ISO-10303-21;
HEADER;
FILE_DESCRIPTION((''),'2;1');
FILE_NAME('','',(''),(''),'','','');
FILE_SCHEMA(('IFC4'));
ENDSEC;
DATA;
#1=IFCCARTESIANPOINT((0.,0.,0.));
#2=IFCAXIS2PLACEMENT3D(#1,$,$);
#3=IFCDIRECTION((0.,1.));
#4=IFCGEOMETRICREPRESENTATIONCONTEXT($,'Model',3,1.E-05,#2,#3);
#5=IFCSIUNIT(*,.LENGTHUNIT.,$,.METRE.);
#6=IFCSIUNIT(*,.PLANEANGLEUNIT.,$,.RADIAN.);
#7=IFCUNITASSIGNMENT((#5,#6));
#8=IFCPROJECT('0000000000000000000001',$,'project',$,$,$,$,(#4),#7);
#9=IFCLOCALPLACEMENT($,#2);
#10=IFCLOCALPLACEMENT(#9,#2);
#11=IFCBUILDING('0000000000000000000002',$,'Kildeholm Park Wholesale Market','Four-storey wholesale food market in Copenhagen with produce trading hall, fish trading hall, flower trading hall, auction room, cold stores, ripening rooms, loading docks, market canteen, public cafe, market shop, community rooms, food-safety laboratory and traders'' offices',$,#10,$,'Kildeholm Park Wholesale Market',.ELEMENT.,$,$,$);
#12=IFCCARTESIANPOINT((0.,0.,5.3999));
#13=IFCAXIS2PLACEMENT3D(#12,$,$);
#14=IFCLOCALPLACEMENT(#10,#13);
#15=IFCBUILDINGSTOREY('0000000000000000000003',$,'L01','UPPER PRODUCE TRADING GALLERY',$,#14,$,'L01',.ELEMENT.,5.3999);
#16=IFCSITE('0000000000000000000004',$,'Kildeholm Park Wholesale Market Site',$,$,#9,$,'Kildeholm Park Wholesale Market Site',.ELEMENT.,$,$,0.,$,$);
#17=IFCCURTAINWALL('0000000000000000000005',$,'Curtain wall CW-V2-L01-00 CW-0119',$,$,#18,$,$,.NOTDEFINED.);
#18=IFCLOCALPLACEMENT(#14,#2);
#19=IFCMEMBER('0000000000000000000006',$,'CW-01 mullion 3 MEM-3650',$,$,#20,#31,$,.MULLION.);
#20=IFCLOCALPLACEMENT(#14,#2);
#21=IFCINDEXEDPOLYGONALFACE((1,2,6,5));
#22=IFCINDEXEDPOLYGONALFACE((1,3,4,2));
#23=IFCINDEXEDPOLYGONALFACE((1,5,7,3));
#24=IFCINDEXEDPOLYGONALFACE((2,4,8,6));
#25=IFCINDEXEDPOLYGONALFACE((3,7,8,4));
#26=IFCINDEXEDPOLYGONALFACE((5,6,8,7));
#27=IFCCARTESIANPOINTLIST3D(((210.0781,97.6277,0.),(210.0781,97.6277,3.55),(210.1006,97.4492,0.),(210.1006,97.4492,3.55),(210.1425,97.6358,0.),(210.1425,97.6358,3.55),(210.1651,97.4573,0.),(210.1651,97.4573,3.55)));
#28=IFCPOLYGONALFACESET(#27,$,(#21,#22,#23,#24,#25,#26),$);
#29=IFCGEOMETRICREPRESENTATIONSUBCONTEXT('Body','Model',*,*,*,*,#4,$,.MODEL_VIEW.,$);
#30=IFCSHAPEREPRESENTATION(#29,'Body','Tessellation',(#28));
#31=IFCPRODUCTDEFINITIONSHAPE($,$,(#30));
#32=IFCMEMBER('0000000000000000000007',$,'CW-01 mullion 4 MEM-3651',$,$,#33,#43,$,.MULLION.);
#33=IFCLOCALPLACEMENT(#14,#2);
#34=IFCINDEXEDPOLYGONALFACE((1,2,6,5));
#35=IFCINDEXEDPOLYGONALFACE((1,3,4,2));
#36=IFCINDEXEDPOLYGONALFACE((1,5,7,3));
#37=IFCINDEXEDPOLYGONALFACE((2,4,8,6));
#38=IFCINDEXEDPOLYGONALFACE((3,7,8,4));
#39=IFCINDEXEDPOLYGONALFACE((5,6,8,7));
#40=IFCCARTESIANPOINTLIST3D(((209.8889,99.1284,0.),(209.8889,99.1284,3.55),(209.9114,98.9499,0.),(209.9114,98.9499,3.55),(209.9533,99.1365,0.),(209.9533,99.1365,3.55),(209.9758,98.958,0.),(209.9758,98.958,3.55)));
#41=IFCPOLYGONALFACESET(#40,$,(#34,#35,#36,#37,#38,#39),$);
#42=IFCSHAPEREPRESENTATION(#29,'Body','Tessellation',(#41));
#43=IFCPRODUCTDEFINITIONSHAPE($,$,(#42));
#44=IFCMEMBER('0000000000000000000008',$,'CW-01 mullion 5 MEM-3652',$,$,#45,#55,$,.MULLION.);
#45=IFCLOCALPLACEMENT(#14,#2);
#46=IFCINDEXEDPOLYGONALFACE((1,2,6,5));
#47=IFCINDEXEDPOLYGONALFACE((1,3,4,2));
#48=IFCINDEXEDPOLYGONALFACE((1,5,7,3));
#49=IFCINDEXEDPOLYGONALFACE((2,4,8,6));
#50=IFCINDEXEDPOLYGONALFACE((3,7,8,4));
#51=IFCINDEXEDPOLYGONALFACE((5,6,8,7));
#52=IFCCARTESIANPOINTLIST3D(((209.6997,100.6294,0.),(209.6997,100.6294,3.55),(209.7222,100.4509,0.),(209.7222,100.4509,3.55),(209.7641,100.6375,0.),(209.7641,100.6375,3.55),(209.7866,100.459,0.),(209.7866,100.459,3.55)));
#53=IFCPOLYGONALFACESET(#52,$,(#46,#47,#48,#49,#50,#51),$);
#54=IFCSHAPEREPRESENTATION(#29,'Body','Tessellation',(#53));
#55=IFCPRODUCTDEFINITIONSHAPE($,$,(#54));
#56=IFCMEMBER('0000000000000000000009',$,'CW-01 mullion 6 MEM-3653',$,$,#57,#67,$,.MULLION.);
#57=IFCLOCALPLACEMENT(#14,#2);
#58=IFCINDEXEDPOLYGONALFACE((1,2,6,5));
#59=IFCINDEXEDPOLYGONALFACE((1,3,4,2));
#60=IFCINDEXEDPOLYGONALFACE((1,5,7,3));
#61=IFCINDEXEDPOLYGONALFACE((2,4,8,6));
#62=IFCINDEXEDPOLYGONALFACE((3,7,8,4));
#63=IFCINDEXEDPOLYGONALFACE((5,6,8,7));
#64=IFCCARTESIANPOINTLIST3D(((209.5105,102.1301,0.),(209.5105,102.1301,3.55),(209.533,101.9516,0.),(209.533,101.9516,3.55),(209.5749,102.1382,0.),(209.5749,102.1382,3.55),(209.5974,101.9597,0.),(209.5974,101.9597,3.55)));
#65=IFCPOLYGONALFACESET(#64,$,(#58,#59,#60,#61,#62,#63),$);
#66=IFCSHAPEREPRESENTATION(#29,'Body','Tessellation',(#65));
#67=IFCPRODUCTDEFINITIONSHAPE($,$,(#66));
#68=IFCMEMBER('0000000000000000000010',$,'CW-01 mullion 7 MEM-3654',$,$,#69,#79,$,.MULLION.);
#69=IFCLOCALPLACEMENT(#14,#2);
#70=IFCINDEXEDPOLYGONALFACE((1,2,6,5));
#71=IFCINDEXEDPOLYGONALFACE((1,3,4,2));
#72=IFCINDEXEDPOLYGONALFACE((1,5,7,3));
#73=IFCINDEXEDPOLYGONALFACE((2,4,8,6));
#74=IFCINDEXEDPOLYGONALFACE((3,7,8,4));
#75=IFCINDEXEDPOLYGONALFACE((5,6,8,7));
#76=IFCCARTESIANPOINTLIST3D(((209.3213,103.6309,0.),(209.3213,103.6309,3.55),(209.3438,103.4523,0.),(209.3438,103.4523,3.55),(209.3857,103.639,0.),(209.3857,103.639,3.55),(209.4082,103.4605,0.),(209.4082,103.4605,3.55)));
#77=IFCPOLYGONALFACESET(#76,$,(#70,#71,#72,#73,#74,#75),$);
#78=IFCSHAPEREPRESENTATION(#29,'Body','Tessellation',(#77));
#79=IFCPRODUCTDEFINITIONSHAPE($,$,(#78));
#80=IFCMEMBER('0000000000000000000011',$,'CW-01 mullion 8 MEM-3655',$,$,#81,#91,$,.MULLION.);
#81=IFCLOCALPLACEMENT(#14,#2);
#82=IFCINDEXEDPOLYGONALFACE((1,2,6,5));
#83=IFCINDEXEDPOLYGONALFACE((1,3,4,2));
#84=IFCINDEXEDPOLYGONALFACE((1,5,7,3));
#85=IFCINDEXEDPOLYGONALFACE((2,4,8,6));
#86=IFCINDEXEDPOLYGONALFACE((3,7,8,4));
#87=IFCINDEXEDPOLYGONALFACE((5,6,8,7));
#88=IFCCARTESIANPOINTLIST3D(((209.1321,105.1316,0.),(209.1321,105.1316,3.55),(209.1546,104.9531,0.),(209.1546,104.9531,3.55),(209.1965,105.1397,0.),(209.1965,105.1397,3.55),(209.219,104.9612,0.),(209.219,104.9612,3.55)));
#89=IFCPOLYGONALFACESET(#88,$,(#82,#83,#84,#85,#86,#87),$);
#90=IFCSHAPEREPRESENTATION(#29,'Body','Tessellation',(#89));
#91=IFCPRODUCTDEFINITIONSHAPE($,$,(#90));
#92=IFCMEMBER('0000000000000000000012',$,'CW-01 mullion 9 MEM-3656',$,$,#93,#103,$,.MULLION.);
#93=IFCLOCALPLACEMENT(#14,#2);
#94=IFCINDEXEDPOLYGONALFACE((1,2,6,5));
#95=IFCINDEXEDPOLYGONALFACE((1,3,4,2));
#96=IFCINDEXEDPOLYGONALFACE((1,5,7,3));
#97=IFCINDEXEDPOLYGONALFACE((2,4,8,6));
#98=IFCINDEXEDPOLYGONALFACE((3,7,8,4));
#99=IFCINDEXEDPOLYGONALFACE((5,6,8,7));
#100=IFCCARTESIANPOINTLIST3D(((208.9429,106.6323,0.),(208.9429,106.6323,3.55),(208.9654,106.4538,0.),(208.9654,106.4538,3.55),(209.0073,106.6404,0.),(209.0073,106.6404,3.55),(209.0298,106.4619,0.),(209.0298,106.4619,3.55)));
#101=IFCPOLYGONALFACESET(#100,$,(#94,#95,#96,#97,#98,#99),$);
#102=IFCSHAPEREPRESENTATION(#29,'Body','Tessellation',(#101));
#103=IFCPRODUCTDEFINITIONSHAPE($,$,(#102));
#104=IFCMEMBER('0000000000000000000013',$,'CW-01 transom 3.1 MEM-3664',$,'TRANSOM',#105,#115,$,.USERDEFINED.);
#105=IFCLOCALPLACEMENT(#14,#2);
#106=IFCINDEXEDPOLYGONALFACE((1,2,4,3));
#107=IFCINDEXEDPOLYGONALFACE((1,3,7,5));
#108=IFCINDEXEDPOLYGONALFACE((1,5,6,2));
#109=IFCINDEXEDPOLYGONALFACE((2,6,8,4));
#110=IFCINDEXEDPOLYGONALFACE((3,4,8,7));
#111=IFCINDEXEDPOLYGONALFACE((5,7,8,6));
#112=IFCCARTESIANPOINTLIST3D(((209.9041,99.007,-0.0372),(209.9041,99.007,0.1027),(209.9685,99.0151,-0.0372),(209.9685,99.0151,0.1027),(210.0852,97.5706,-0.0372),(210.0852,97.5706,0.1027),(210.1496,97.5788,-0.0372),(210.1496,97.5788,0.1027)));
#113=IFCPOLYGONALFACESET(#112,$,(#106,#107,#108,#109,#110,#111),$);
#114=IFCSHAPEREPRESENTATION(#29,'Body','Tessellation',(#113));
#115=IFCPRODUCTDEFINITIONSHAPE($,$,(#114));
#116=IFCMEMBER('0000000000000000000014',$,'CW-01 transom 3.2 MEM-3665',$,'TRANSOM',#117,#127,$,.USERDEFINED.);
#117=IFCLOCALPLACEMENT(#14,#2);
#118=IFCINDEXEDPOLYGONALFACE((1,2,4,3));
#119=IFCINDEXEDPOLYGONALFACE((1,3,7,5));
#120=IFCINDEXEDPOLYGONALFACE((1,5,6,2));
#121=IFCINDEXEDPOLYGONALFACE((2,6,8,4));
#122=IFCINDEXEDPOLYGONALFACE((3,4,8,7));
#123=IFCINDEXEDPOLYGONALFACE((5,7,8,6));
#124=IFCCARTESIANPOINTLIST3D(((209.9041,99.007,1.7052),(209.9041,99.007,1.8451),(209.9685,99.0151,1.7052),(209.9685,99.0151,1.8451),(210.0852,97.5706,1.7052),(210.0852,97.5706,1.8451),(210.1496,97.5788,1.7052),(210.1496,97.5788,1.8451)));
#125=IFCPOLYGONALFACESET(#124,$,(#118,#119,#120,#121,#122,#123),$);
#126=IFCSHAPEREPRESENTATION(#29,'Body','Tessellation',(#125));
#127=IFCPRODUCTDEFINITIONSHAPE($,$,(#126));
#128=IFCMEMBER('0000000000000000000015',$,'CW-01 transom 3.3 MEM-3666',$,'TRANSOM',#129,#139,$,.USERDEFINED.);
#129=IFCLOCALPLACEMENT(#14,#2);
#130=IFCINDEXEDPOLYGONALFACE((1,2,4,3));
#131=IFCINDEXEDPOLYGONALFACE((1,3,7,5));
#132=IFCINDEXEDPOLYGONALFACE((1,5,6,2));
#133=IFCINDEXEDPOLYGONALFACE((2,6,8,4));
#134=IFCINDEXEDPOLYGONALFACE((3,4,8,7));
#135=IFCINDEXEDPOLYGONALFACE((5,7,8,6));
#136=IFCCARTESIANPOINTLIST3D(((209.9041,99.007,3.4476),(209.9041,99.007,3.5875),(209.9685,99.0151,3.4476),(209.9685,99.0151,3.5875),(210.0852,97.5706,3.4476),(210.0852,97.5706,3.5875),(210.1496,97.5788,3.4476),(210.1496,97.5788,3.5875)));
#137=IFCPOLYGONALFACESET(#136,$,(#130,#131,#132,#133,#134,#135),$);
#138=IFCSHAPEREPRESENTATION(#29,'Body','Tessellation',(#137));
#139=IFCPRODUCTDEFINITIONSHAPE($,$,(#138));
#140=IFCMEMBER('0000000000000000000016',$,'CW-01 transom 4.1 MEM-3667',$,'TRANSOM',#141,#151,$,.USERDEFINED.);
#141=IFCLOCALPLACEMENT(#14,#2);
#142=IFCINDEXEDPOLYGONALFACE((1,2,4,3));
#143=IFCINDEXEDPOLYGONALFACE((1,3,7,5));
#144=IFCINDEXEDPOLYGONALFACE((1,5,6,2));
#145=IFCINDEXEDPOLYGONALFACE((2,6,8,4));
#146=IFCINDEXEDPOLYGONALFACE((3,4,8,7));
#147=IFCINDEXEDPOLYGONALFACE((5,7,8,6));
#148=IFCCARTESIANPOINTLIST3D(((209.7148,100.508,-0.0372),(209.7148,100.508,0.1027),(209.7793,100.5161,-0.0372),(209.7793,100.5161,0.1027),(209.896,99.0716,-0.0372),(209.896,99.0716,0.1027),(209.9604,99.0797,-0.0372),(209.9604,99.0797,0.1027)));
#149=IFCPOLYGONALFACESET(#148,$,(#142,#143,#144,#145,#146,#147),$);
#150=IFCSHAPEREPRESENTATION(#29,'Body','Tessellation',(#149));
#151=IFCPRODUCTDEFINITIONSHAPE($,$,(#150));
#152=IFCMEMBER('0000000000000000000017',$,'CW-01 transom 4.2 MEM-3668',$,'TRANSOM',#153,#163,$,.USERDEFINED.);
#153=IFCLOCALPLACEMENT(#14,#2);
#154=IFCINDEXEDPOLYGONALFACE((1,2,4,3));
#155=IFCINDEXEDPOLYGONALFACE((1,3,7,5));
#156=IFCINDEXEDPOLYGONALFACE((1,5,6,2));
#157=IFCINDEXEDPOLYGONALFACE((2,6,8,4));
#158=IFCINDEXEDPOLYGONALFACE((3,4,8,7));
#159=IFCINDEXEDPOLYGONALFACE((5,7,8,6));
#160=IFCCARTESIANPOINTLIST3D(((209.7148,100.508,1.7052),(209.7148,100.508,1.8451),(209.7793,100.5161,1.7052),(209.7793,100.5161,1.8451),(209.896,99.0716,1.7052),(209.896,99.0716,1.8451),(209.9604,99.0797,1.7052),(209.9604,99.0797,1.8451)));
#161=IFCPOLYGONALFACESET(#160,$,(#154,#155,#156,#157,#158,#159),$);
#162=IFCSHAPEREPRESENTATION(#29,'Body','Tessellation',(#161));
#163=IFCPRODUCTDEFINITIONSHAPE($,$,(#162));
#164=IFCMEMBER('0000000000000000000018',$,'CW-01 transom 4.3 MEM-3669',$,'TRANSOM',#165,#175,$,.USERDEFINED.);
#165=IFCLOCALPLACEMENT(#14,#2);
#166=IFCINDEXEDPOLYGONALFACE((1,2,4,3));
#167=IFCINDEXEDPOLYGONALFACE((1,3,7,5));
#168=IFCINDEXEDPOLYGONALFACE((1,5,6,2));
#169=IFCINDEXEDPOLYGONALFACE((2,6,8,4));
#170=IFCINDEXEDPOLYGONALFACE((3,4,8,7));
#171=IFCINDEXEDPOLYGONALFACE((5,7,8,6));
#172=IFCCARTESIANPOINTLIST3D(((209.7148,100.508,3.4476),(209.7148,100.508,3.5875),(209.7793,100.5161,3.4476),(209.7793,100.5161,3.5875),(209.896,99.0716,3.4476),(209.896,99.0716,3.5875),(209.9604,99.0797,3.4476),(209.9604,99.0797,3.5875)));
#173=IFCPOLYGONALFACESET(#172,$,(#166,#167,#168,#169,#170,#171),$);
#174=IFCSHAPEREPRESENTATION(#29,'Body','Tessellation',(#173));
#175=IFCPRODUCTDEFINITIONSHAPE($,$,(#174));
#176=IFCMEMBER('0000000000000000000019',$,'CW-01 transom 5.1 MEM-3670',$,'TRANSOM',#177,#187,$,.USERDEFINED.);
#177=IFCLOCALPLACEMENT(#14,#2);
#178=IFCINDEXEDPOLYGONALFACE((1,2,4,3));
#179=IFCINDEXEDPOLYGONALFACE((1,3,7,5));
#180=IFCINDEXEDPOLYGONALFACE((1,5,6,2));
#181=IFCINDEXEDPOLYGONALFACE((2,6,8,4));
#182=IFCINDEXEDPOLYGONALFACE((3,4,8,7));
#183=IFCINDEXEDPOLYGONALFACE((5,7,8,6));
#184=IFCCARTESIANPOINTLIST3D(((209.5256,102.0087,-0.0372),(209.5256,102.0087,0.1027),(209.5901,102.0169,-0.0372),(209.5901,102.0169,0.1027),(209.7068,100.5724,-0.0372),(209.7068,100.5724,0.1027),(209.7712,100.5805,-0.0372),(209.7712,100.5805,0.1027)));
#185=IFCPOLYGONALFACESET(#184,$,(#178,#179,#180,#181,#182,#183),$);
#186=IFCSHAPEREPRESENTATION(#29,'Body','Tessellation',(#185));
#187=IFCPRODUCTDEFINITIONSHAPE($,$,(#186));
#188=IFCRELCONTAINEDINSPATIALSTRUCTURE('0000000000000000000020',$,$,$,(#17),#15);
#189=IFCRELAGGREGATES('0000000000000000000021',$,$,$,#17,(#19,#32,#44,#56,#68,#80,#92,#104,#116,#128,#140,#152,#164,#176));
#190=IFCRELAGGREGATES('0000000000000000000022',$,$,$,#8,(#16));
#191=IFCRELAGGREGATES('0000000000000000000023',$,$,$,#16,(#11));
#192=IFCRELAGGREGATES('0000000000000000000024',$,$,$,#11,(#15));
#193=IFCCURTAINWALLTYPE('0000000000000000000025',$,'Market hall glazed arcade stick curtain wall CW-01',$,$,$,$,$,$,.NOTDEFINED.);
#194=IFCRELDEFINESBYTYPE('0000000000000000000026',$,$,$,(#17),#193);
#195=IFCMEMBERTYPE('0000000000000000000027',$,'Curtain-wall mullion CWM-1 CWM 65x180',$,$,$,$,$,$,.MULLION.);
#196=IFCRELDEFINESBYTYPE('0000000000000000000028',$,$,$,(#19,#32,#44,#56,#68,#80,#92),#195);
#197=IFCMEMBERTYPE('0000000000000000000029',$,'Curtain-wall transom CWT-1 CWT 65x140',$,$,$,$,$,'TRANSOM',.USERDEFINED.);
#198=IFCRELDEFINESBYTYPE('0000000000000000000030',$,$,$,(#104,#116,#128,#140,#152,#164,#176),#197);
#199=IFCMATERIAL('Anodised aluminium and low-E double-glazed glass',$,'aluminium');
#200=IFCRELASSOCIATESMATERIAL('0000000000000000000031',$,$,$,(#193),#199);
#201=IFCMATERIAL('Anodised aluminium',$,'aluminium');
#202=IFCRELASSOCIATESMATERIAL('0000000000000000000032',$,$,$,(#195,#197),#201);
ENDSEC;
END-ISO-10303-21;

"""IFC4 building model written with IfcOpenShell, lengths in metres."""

from ifc_helpers import new_model, si_unit, direction, frame, origin, origin_2d, place, context, subcontext, project, spatial, rectangle, extrude, material, material_profile, profile_set, type_object, element, aggregate, save


model = new_model("IFC4")

# Units and contexts
model_context = context("Model", 3, precision=1e-05, world=origin(), true_north=direction((0.0, 1.0)))
body_context = subcontext(model_context, "Body", "Model", "MODEL_VIEW")
ifc_project = project(units=[si_unit("LENGTHUNIT", "METRE"), si_unit("PLANEANGLEUNIT", "RADIAN")], contexts=[model_context])

# Site, building, storey
site_placement = place(None, origin())
site = spatial("IfcSite", under=ifc_project, at=site_placement, Name="Kildeholm Park Wholesale Market Site", LongName="Kildeholm Park Wholesale Market Site", CompositionType="ELEMENT", RefElevation=0.0)
building_placement = place(site_placement, origin())
building = spatial("IfcBuilding", under=site, at=building_placement, Name="Kildeholm Park Wholesale Market", Description="Four-storey wholesale food market in Copenhagen with produce trading hall, fish trading hall, flower trading hall, auction room, cold stores, ripening rooms, loading docks, market canteen, public cafe, market shop, community rooms, food-safety laboratory and traders' offices", LongName="Kildeholm Park Wholesale Market", CompositionType="ELEMENT")
storey_placement = place(building_placement, frame((0.0, 0.0, 5.3999)))
storey = spatial("IfcBuildingStorey", under=building, at=storey_placement, Name="L01", Description="UPPER PRODUCE TRADING GALLERY", LongName="L01", CompositionType="ELEMENT", Elevation=5.3999)

# Curtain wall, members
ifc_material_1 = material(Name="Anodised aluminium and low-E double-glazed glass", Category="aluminium")
curtain_wall_type = type_object("IfcCurtainWallType", Name="Market hall glazed arcade stick curtain wall CW-01", PredefinedType="NOTDEFINED", material=ifc_material_1)
curtain_wall_placement = place(storey_placement, origin())
curtain_wall = element("IfcCurtainWall", 1, at=curtain_wall_placement, inside=storey, type_object=curtain_wall_type, Name="Curtain wall CW-V2-L01-00 CW-0119", PredefinedType="NOTDEFINED")
ifc_material_2 = material(Name="Anodised aluminium", Category="aluminium")
ifc_material_profile_1 = material_profile(ifc_material_2, rectangle(XDim=0.0649, YDim=0.1799, at=origin_2d()), Name="CWM 65x180")
ifc_profile_set_1 = profile_set([ifc_material_profile_1], Name="Anodised aluminium")
member_type_1 = type_object("IfcMemberType", Name="Curtain-wall mullion CWM-1 CWM 65x180", PredefinedType="MULLION", material=ifc_profile_set_1)
member_1_placement = place(storey_placement, frame((210.1216, 97.5425, 0.0), z_axis=(0.0, 0.0, 1.0), x_axis=(-0.992145, -0.125092, 0.0)))
member_1 = element("IfcMember", 2, at=member_1_placement, type_object=member_type_1, Name="CW-01 mullion 3 MEM-3650", PredefinedType="MULLION", context=body_context, shape_type="SweptSolid", body=[
    extrude(rectangle(XDim=0.0649, YDim=0.1799, at=origin_2d()), origin(), (0.0, 0.0, 1.0), 3.55),
])
member_2_placement = place(storey_placement, frame((209.9324, 99.0432, 0.0), z_axis=(0.0, 0.0, 1.0), x_axis=(-0.992145, -0.125092, 0.0)))
member_2 = element("IfcMember", 3, at=member_2_placement, type_object=member_type_1, Name="CW-01 mullion 4 MEM-3651", PredefinedType="MULLION", context=body_context, shape_type="SweptSolid", body=[
    extrude(rectangle(XDim=0.0649, YDim=0.1799, at=origin_2d()), origin(), (0.0, 0.0, 1.0), 3.55),
])
member_3_placement = place(storey_placement, frame((209.7432, 100.5442, 0.0), z_axis=(0.0, 0.0, 1.0), x_axis=(-0.992145, -0.125092, 0.0)))
member_3 = element("IfcMember", 4, at=member_3_placement, type_object=member_type_1, Name="CW-01 mullion 5 MEM-3652", PredefinedType="MULLION", context=body_context, shape_type="SweptSolid", body=[
    extrude(rectangle(XDim=0.0649, YDim=0.1799, at=origin_2d()), origin(), (0.0, 0.0, 1.0), 3.55),
])
member_4_placement = place(storey_placement, frame((209.554, 102.0449, 0.0), z_axis=(0.0, 0.0, 1.0), x_axis=(-0.992145, -0.125092, 0.0)))
member_4 = element("IfcMember", 5, at=member_4_placement, type_object=member_type_1, Name="CW-01 mullion 6 MEM-3653", PredefinedType="MULLION", context=body_context, shape_type="SweptSolid", body=[
    extrude(rectangle(XDim=0.0649, YDim=0.1799, at=origin_2d()), origin(), (0.0, 0.0, 1.0), 3.55),
])
member_5_placement = place(storey_placement, frame((209.3647, 103.5457, 0.0), z_axis=(0.0, 0.0, 1.0), x_axis=(-0.992145, -0.125092, 0.0)))
member_5 = element("IfcMember", 6, at=member_5_placement, type_object=member_type_1, Name="CW-01 mullion 7 MEM-3654", PredefinedType="MULLION", context=body_context, shape_type="SweptSolid", body=[
    extrude(rectangle(XDim=0.0649, YDim=0.1799, at=origin_2d()), origin(), (0.0, 0.0, 1.0), 3.55),
])
member_6_placement = place(storey_placement, frame((209.1755, 105.0464, 0.0), z_axis=(0.0, 0.0, 1.0), x_axis=(-0.992145, -0.125092, 0.0)))
member_6 = element("IfcMember", 7, at=member_6_placement, type_object=member_type_1, Name="CW-01 mullion 8 MEM-3655", PredefinedType="MULLION", context=body_context, shape_type="SweptSolid", body=[
    extrude(rectangle(XDim=0.0649, YDim=0.1799, at=origin_2d()), origin(), (0.0, 0.0, 1.0), 3.55),
])
member_7_placement = place(storey_placement, frame((208.9863, 106.5471, 0.0), z_axis=(0.0, 0.0, 1.0), x_axis=(-0.992145, -0.125092, 0.0)))
member_7 = element("IfcMember", 8, at=member_7_placement, type_object=member_type_1, Name="CW-01 mullion 9 MEM-3656", PredefinedType="MULLION", context=body_context, shape_type="SweptSolid", body=[
    extrude(rectangle(XDim=0.0649, YDim=0.1799, at=origin_2d()), origin(), (0.0, 0.0, 1.0), 3.55),
])
ifc_material_profile_2 = material_profile(ifc_material_2, rectangle(XDim=0.0649, YDim=0.1399, at=origin_2d()), Name="CWT 65x140")
ifc_profile_set_2 = profile_set([ifc_material_profile_2], Name="Anodised aluminium")
member_type_2 = type_object("IfcMemberType", Name="Curtain-wall transom CWT-1 CWT 65x140", ElementType="TRANSOM", PredefinedType="USERDEFINED", material=ifc_profile_set_2)
member_8_placement = place(storey_placement, frame((210.1174, 97.5747, 0.0327), z_axis=(-0.125135, 0.99214, 0.0), x_axis=(-0.99214, -0.125135, 0.0)))
member_8 = element("IfcMember", 9, at=member_8_placement, type_object=member_type_2, Name="CW-01 transom 3.1 MEM-3664", ObjectType="TRANSOM", PredefinedType="USERDEFINED", context=body_context, shape_type="SweptSolid", body=[
    extrude(rectangle(XDim=0.0649, YDim=0.1399, at=origin_2d()), origin(), (0.0, 0.0, 1.0), 1.4478),
])
member_9_placement = place(storey_placement, frame((210.1174, 97.5747, 1.7751), z_axis=(-0.125135, 0.99214, 0.0), x_axis=(-0.99214, -0.125135, 0.0)))
member_9 = element("IfcMember", 10, at=member_9_placement, type_object=member_type_2, Name="CW-01 transom 3.2 MEM-3665", ObjectType="TRANSOM", PredefinedType="USERDEFINED", context=body_context, shape_type="SweptSolid", body=[
    extrude(rectangle(XDim=0.0649, YDim=0.1399, at=origin_2d()), origin(), (0.0, 0.0, 1.0), 1.4478),
])
member_10_placement = place(storey_placement, frame((210.1174, 97.5747, 3.5176), z_axis=(-0.125135, 0.99214, 0.0), x_axis=(-0.99214, -0.125135, 0.0)))
member_10 = element("IfcMember", 11, at=member_10_placement, type_object=member_type_2, Name="CW-01 transom 3.3 MEM-3666", ObjectType="TRANSOM", PredefinedType="USERDEFINED", context=body_context, shape_type="SweptSolid", body=[
    extrude(rectangle(XDim=0.0649, YDim=0.1399, at=origin_2d()), origin(), (0.0, 0.0, 1.0), 1.4478),
])
member_11_placement = place(storey_placement, frame((209.9282, 99.0757, 0.0327), z_axis=(-0.125135, 0.99214, 0.0), x_axis=(-0.99214, -0.125135, 0.0)))
member_11 = element("IfcMember", 12, at=member_11_placement, type_object=member_type_2, Name="CW-01 transom 4.1 MEM-3667", ObjectType="TRANSOM", PredefinedType="USERDEFINED", context=body_context, shape_type="SweptSolid", body=[
    extrude(rectangle(XDim=0.0649, YDim=0.1399, at=origin_2d()), origin(), (0.0, 0.0, 1.0), 1.4478),
])
member_12_placement = place(storey_placement, frame((209.9282, 99.0757, 1.7751), z_axis=(-0.125135, 0.99214, 0.0), x_axis=(-0.99214, -0.125135, 0.0)))
member_12 = element("IfcMember", 13, at=member_12_placement, type_object=member_type_2, Name="CW-01 transom 4.2 MEM-3668", ObjectType="TRANSOM", PredefinedType="USERDEFINED", context=body_context, shape_type="SweptSolid", body=[
    extrude(rectangle(XDim=0.0649, YDim=0.1399, at=origin_2d()), origin(), (0.0, 0.0, 1.0), 1.4478),
])
member_13_placement = place(storey_placement, frame((209.9282, 99.0757, 3.5176), z_axis=(-0.125135, 0.99214, 0.0), x_axis=(-0.99214, -0.125135, 0.0)))
member_13 = element("IfcMember", 14, at=member_13_placement, type_object=member_type_2, Name="CW-01 transom 4.3 MEM-3669", ObjectType="TRANSOM", PredefinedType="USERDEFINED", context=body_context, shape_type="SweptSolid", body=[
    extrude(rectangle(XDim=0.0649, YDim=0.1399, at=origin_2d()), origin(), (0.0, 0.0, 1.0), 1.4478),
])
member_14_placement = place(storey_placement, frame((209.739, 100.5764, 0.0327), z_axis=(-0.125135, 0.99214, 0.0), x_axis=(-0.99214, -0.125135, 0.0)))
member_14 = element("IfcMember", 15, at=member_14_placement, type_object=member_type_2, Name="CW-01 transom 5.1 MEM-3670", ObjectType="TRANSOM", PredefinedType="USERDEFINED", context=body_context, shape_type="SweptSolid", body=[
    extrude(rectangle(XDim=0.0649, YDim=0.1399, at=origin_2d()), origin(), (0.0, 0.0, 1.0), 1.4478),
])
aggregate(curtain_wall, [member_1, member_2, member_3, member_4, member_5, member_6, member_7, member_8, member_9, member_10, member_11, member_12, member_13, member_14])

save(model, "model.ifc")
